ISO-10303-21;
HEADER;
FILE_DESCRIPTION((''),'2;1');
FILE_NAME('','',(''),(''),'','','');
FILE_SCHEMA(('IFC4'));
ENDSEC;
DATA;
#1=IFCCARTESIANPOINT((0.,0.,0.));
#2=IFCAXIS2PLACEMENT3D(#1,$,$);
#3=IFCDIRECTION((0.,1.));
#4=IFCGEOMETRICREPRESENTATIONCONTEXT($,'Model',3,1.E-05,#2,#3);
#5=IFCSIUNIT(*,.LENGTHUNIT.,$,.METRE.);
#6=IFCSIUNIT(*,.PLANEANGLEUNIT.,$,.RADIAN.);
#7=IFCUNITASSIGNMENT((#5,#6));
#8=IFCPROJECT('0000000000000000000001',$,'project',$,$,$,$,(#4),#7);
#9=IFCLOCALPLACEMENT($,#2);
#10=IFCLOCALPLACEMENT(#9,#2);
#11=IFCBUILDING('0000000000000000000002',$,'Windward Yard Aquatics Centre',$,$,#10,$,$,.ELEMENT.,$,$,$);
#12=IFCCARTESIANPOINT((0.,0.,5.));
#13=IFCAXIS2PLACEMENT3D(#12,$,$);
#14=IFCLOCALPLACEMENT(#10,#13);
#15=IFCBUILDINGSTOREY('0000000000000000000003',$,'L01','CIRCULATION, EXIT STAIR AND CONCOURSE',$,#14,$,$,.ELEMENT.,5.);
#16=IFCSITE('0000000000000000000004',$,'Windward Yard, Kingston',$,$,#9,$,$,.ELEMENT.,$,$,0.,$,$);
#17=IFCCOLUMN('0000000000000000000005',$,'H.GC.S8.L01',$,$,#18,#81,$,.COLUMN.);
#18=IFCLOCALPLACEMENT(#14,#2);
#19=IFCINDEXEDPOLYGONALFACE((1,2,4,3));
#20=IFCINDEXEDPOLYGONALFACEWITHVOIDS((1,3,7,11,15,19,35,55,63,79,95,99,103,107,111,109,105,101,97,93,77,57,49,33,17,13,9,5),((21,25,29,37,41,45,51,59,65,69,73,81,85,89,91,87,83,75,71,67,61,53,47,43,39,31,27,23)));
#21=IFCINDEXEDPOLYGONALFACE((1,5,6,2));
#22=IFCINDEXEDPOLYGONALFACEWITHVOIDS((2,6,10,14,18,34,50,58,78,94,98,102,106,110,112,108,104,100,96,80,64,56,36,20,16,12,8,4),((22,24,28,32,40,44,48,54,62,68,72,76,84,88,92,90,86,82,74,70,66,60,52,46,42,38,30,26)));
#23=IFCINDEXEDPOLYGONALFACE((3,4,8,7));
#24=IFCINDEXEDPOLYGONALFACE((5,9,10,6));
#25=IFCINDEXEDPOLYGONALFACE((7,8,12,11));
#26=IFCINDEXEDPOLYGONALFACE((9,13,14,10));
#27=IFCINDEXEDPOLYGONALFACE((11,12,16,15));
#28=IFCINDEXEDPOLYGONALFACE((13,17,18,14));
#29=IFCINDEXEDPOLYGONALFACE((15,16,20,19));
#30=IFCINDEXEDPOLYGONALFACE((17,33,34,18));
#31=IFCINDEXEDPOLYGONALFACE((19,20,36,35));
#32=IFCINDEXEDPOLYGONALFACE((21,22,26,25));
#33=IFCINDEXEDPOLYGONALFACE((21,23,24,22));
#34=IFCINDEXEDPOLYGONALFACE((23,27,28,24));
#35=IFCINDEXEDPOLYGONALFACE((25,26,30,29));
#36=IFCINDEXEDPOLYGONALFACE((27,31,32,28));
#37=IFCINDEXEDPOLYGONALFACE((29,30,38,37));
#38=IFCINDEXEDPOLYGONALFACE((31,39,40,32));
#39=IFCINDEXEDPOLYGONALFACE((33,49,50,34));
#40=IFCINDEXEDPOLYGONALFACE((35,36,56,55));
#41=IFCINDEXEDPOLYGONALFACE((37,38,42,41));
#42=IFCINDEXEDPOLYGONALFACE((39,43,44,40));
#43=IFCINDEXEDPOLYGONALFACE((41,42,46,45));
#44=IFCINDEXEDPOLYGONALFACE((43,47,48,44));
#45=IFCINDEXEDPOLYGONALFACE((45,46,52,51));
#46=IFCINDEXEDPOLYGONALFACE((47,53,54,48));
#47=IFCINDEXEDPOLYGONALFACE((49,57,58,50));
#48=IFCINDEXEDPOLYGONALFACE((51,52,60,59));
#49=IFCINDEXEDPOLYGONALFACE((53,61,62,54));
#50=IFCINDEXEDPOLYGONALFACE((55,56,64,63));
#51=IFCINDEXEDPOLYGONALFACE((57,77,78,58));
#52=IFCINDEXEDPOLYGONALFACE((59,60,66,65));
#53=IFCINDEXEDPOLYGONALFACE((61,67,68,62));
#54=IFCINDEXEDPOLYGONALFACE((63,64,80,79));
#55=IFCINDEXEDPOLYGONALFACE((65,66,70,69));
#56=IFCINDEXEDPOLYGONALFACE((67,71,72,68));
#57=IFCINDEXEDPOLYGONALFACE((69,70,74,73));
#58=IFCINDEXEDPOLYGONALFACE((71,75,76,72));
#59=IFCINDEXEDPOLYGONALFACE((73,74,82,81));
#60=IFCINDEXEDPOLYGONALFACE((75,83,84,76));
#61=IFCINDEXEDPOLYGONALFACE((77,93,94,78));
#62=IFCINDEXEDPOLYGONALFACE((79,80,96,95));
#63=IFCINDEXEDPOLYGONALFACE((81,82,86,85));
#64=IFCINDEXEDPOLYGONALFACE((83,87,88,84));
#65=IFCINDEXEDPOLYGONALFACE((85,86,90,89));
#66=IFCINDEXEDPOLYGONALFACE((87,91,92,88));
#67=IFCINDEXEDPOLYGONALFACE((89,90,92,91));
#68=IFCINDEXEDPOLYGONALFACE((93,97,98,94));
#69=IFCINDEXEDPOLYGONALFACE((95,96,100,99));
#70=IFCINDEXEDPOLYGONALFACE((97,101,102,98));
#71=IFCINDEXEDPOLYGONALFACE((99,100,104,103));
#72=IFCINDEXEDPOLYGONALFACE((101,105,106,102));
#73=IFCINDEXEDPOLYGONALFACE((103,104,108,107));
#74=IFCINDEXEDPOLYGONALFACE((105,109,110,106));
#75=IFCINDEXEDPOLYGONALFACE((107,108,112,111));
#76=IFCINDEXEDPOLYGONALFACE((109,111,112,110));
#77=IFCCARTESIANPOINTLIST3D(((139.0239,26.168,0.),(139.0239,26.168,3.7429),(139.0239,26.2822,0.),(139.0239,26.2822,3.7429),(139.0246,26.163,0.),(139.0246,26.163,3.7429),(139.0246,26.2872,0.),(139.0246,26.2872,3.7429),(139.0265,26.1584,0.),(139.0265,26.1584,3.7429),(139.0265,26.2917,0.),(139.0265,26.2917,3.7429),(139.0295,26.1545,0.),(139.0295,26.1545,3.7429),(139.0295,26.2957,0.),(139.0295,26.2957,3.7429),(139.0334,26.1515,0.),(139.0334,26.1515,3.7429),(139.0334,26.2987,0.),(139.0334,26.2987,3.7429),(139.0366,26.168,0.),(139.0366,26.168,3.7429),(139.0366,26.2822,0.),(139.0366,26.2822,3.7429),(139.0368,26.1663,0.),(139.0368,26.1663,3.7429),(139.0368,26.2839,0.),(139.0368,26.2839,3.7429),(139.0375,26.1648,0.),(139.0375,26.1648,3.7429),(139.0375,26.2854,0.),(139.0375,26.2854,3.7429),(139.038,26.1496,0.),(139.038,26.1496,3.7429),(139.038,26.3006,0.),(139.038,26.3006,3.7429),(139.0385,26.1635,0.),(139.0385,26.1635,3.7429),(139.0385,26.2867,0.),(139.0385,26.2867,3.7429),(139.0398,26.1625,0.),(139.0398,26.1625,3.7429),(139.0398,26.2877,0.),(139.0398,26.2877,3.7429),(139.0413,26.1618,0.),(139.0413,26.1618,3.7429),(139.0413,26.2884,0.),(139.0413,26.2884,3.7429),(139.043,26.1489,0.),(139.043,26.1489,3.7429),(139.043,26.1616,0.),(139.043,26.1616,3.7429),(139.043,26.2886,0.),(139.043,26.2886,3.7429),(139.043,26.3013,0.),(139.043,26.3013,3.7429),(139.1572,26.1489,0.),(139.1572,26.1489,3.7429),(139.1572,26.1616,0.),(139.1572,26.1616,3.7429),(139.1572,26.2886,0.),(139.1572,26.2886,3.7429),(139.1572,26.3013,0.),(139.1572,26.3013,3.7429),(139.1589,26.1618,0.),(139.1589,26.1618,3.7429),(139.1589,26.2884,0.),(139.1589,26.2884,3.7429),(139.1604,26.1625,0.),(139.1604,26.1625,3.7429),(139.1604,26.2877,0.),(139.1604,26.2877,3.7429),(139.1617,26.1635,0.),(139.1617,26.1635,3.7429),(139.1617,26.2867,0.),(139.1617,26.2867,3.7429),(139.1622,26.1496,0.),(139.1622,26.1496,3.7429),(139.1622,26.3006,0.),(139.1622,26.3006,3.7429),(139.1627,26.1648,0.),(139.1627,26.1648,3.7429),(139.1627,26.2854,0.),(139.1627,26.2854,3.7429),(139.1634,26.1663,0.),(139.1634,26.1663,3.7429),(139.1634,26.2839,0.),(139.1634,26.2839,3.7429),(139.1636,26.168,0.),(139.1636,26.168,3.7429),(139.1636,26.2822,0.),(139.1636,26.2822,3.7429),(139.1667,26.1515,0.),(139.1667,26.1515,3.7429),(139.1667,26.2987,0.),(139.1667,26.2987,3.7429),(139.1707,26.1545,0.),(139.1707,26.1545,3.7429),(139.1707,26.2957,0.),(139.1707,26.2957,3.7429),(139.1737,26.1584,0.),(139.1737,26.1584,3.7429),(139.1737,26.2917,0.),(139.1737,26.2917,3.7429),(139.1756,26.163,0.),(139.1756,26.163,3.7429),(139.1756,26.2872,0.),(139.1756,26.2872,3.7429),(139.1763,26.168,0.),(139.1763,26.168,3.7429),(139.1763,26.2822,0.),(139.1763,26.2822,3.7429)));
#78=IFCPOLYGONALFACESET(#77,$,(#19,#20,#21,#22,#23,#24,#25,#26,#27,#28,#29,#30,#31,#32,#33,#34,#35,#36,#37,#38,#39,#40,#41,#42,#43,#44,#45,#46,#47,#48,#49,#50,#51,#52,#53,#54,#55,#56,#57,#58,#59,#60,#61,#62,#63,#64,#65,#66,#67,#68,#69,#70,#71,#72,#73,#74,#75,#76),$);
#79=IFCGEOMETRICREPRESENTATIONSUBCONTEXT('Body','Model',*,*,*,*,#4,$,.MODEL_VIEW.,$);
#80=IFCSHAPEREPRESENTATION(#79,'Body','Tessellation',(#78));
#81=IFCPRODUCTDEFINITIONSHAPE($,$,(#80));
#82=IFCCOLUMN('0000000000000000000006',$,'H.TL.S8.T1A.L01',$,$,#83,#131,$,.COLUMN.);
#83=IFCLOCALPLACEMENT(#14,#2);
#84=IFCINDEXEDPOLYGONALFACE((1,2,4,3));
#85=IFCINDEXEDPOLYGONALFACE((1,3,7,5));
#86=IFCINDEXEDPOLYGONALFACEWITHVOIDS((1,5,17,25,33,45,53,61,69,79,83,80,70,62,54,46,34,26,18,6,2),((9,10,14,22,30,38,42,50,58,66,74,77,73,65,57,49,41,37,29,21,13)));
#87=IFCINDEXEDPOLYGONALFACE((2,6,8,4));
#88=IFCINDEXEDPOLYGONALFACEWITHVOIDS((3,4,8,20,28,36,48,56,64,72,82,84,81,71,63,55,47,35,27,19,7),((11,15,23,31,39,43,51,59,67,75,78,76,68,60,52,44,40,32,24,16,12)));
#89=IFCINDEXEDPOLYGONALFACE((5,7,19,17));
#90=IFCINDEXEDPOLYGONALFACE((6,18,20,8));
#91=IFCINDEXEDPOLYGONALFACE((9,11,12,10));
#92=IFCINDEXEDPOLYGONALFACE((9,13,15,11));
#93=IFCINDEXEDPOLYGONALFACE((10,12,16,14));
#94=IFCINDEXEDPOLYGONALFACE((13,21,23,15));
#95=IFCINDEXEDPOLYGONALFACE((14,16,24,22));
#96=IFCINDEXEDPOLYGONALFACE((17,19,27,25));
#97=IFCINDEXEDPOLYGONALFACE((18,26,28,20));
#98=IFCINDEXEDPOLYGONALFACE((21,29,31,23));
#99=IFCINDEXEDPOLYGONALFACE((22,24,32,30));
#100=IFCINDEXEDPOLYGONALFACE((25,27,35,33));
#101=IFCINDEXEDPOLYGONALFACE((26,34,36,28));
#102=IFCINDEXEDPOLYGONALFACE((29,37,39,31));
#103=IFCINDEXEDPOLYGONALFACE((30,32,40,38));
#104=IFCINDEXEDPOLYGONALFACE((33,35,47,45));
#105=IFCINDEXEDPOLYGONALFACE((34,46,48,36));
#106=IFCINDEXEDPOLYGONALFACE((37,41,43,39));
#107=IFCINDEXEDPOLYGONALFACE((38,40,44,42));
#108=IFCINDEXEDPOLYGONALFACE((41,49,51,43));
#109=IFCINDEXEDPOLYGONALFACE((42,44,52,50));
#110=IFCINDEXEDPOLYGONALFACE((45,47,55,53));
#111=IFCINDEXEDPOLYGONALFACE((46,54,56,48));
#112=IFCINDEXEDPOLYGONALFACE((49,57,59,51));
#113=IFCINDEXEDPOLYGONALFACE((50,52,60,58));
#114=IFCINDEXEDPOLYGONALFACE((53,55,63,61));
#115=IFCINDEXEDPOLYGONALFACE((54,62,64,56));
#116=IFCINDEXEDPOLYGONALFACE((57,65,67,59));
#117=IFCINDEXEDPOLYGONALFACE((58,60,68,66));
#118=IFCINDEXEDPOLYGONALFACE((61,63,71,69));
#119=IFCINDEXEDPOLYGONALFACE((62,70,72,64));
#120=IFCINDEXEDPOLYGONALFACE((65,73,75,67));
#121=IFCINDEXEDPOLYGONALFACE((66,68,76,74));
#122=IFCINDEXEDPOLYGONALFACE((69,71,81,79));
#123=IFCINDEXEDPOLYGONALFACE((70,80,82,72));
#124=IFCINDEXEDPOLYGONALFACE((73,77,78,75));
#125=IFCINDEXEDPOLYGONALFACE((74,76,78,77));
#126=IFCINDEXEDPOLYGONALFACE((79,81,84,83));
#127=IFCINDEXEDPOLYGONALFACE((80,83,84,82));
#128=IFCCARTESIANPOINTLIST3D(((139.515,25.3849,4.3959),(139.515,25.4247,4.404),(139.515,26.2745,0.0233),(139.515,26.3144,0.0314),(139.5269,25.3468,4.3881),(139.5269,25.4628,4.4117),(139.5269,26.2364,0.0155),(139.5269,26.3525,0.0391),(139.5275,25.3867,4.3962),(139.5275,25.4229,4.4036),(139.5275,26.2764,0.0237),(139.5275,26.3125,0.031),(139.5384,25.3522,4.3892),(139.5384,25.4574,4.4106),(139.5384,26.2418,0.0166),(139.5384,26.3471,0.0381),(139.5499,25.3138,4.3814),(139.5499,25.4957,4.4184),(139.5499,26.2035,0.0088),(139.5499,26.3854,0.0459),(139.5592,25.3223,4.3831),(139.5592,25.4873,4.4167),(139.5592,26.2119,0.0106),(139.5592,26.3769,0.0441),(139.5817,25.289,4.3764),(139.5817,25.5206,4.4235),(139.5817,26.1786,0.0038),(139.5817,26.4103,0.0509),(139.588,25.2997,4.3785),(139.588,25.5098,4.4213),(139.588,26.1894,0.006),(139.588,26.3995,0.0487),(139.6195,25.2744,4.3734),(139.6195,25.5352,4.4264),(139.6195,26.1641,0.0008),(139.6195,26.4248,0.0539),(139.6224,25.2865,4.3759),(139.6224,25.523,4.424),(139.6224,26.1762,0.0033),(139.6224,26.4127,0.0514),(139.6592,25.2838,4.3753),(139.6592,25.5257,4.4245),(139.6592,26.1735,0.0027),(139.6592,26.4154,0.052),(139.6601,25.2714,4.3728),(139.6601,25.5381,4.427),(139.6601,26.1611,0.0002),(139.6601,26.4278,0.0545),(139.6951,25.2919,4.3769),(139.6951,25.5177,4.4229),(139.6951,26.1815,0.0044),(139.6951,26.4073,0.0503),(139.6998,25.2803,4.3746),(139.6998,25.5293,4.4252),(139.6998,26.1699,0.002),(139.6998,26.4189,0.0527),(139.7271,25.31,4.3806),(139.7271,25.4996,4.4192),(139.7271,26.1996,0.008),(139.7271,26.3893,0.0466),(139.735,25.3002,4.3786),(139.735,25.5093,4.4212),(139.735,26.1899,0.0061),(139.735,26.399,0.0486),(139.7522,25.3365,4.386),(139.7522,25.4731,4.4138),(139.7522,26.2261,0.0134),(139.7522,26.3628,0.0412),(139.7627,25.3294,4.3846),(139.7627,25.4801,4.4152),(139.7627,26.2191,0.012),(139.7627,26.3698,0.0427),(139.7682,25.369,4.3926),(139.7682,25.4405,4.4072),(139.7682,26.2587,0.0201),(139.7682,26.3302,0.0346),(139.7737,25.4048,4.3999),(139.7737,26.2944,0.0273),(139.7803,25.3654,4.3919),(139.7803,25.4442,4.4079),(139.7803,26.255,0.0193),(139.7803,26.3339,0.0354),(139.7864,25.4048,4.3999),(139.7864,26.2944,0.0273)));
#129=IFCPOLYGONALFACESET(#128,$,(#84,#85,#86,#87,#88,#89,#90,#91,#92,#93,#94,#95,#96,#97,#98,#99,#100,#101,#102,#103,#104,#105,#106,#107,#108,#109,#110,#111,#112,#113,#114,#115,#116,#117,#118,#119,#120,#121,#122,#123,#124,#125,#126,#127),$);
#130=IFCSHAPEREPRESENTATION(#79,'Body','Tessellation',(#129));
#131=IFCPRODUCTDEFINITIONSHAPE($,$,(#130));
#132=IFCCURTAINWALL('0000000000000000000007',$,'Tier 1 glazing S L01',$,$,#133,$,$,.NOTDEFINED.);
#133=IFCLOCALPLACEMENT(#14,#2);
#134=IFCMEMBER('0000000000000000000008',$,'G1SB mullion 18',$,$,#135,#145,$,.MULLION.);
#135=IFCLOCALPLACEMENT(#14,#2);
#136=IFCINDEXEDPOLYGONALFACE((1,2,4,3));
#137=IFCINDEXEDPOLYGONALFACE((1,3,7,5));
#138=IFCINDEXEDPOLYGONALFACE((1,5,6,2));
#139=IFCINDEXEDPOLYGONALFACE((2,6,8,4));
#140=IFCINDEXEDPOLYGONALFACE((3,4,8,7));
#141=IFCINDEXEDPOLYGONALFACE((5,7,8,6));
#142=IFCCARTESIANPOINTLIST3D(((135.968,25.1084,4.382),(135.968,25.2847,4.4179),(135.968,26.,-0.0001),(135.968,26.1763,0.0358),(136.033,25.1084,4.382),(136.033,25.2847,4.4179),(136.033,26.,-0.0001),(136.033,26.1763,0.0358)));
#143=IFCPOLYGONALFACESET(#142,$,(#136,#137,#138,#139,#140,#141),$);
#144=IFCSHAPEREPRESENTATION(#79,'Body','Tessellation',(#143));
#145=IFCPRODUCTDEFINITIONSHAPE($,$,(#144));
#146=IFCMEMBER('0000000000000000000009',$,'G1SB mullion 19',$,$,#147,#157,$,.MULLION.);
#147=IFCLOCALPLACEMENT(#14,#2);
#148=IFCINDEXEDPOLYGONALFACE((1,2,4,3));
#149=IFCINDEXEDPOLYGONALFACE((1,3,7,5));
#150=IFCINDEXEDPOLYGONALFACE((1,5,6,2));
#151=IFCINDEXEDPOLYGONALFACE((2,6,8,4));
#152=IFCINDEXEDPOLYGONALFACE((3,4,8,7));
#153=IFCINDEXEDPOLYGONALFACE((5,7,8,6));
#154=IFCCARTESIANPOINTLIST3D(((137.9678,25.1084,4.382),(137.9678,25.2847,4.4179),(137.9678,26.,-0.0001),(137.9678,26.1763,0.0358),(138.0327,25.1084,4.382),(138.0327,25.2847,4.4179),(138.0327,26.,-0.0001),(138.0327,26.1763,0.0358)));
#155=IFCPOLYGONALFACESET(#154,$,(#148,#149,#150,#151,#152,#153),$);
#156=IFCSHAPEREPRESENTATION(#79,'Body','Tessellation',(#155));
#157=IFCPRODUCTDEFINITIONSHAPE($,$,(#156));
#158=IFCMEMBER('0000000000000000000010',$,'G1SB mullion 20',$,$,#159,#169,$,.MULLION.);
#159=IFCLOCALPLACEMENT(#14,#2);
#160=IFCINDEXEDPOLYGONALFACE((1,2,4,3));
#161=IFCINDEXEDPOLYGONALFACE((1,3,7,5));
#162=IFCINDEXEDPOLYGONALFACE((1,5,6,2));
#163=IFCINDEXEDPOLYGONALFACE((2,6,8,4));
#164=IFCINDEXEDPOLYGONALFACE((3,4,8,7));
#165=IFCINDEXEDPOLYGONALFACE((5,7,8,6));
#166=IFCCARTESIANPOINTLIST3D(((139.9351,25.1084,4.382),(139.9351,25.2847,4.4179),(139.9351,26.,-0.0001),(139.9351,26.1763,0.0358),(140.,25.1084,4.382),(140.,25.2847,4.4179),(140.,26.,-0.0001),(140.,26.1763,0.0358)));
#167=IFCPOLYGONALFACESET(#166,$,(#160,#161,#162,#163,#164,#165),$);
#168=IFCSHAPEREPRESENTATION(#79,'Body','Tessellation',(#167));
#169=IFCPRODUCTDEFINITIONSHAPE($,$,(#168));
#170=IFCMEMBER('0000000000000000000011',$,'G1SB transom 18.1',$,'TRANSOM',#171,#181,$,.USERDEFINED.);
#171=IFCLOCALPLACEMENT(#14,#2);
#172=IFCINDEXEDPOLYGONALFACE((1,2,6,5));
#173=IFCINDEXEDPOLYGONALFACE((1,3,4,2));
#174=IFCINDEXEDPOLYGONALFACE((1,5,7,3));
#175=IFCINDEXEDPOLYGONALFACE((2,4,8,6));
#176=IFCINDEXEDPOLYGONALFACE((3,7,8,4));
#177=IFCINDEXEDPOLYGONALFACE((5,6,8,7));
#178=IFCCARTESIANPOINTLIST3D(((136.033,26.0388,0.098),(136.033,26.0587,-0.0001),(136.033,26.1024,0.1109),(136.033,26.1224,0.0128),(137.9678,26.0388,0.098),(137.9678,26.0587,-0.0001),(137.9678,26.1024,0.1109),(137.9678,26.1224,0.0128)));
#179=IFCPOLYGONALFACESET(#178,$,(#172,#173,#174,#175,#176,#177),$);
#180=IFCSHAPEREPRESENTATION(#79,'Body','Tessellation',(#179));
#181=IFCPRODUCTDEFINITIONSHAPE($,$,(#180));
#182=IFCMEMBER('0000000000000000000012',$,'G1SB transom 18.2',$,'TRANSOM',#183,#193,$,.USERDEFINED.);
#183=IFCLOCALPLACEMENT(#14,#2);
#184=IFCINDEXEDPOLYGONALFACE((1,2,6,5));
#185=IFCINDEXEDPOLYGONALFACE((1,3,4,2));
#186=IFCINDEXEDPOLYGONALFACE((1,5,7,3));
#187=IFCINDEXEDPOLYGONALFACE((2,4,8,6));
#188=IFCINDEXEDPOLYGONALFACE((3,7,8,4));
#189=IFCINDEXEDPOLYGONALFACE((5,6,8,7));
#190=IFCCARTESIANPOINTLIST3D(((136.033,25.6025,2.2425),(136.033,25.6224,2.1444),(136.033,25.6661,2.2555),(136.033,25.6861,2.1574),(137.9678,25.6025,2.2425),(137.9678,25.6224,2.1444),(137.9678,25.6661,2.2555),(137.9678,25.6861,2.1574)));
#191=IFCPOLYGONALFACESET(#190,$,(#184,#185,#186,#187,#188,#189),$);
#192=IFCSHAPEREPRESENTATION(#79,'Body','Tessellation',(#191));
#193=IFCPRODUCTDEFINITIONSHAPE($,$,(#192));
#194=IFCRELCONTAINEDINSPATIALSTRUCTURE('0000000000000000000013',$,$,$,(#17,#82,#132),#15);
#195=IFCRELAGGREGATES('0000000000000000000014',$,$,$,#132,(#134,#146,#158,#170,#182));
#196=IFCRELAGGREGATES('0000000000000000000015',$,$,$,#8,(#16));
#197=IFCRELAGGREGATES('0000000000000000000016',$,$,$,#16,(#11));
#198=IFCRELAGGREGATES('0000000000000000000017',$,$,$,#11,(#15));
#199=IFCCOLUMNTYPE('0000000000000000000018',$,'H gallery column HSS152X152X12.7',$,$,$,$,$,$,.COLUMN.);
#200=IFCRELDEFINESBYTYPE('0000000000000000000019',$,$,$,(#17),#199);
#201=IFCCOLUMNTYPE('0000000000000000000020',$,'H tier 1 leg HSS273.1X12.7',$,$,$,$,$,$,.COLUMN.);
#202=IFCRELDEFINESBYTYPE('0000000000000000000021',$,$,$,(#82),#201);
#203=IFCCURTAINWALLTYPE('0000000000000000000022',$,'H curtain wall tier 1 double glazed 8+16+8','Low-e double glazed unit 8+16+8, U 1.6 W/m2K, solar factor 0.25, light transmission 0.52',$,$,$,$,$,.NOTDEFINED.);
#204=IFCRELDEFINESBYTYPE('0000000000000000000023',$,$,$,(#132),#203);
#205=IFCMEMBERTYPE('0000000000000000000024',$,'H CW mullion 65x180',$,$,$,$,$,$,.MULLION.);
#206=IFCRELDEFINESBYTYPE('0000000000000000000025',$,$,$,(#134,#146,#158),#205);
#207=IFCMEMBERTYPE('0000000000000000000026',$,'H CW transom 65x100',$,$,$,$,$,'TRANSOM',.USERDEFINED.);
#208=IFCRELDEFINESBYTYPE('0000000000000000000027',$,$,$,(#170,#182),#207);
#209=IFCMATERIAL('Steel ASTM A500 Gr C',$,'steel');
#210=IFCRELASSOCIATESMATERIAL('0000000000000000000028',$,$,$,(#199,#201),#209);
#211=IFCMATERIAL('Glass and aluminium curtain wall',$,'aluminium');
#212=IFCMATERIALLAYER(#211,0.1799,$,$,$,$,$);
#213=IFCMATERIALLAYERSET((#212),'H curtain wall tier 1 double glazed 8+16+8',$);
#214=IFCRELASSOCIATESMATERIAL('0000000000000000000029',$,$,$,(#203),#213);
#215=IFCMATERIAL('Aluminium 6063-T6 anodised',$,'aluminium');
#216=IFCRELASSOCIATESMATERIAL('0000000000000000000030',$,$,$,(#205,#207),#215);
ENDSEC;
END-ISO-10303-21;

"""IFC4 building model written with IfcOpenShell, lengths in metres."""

from ifc_helpers import new_model, si_unit, direction, frame, origin, origin_2d, place, context, subcontext, project, spatial, rectangle, hollow_rectangle, hollow_circle, extrude, material, layer, layer_set, material_profile, profile_set, type_object, element, aggregate, save


model = new_model("IFC4")

# Units and contexts
model_context = context("Model", 3, precision=1e-05, world=origin(), true_north=direction((0.0, 1.0)))
body_context = subcontext(model_context, "Body", "Model", "MODEL_VIEW")
ifc_project = project(units=[si_unit("LENGTHUNIT", "METRE"), si_unit("PLANEANGLEUNIT", "RADIAN")], contexts=[model_context])

# Site, building, storey
site_placement = place(None, origin())
site = spatial("IfcSite", under=ifc_project, at=site_placement, Name="Windward Yard, Kingston", CompositionType="ELEMENT", RefElevation=0.0)
building_placement = place(site_placement, origin())
building = spatial("IfcBuilding", under=site, at=building_placement, Name="Windward Yard Aquatics Centre", CompositionType="ELEMENT")
storey_placement = place(building_placement, frame((0.0, 0.0, 5.0)))
storey = spatial("IfcBuildingStorey", under=building, at=storey_placement, Name="L01", Description="CIRCULATION, EXIT STAIR AND CONCOURSE", CompositionType="ELEMENT", Elevation=5.0)

# Columns
ifc_material_1 = material(Name="Steel ASTM A500 Gr C", Category="steel")
ifc_material_profile_1 = material_profile(ifc_material_1, hollow_rectangle(XDim=0.1523, YDim=0.1523, WallThickness=0.0127, InnerFilletRadius=0.0063, OuterFilletRadius=0.019, at=origin_2d()), Name="HSS152X152X12.7")
ifc_profile_set_1 = profile_set([ifc_material_profile_1], Name="Steel ASTM A500 Gr C")
column_type_1 = type_object("IfcColumnType", Name="H gallery column HSS152X152X12.7", PredefinedType="COLUMN", material=ifc_profile_set_1)
column_1_placement = place(storey_placement, frame((139.1001, 26.2251, 0.0), z_axis=(0.0, 0.0, 1.0), x_axis=(1.0, 0.0, 0.0)))
element("IfcColumn", 1, at=column_1_placement, inside=storey, type_object=column_type_1, Name="H.GC.S8.L01", PredefinedType="COLUMN", context=body_context, shape_type="SweptSolid", body=[
    extrude(hollow_rectangle(XDim=0.1523, YDim=0.1523, WallThickness=0.0127, InnerFilletRadius=0.0063, OuterFilletRadius=0.019, at=origin_2d()), origin(), (0.0, 0.0, 1.0), 3.7429),
])
ifc_material_profile_2 = material_profile(ifc_material_1, hollow_circle(Radius=0.1365, WallThickness=0.0127, at=origin_2d()), Name="HSS273.1X12.7")
ifc_profile_set_2 = profile_set([ifc_material_profile_2], Name="Steel ASTM A500 Gr C")
column_type_2 = type_object("IfcColumnType", Name="H tier 1 leg HSS273.1X12.7", PredefinedType="COLUMN", material=ifc_profile_set_2)
column_2_placement = place(storey_placement, frame((139.6499, 26.2944, 0.0273), z_axis=(0.0, -0.199377, 0.979923), x_axis=(1.0, 0.0, 0.0)))
element("IfcColumn", 2, at=column_2_placement, inside=storey, type_object=column_type_2, Name="H.TL.S8.T1A.L01", PredefinedType="COLUMN", context=body_context, shape_type="SweptSolid", body=[
    extrude(hollow_circle(Radius=0.1365, WallThickness=0.0127, at=origin_2d()), origin(), (0.0, 0.0, 1.0), 4.4622),
])

# Curtain wall, members
ifc_material_2 = material(Name="Glass and aluminium curtain wall", Category="aluminium")
ifc_layer_1 = layer(ifc_material_2, 0.1799)
ifc_layer_set_1 = layer_set([ifc_layer_1], Name="H curtain wall tier 1 double glazed 8+16+8")
curtain_wall_type = type_object("IfcCurtainWallType", Name="H curtain wall tier 1 double glazed 8+16+8", Description="Low-e double glazed unit 8+16+8, U 1.6 W/m2K, solar factor 0.25, light transmission 0.52", PredefinedType="NOTDEFINED", material=ifc_layer_set_1)
curtain_wall_placement = place(storey_placement, origin())
curtain_wall = element("IfcCurtainWall", 3, at=curtain_wall_placement, inside=storey, type_object=curtain_wall_type, Name="Tier 1 glazing S L01", PredefinedType="NOTDEFINED")
ifc_material_3 = material(Name="Aluminium 6063-T6 anodised", Category="aluminium")
ifc_material_profile_3 = material_profile(ifc_material_3, rectangle(XDim=0.0649, YDim=0.1799, at=origin_2d()), Name="H CW mullion 65x180")
ifc_profile_set_3 = profile_set([ifc_material_profile_3], Name="Aluminium 6063-T6 anodised")
member_type_1 = type_object("IfcMemberType", Name="H CW mullion 65x180", PredefinedType="MULLION", material=ifc_profile_set_3)
member_1_placement = place(storey_placement, frame((136.0005, 26.0881, 0.0178), z_axis=(0.0, -0.19938, 0.979922), x_axis=(1.0, 0.0, 0.0)))
member_1 = element("IfcMember", 4, at=member_1_placement, type_object=member_type_1, Name="G1SB mullion 18", PredefinedType="MULLION", context=body_context, shape_type="SweptSolid", body=[
    extrude(rectangle(XDim=0.0649, YDim=0.1799, at=origin_2d()), origin(), (0.0, 0.0, 1.0), 4.4719),
])
member_2_placement = place(storey_placement, frame((138.0002, 26.0881, 0.0178), z_axis=(0.0, -0.19938, 0.979922), x_axis=(1.0, 0.0, 0.0)))
member_2 = element("IfcMember", 5, at=member_2_placement, type_object=member_type_1, Name="G1SB mullion 19", PredefinedType="MULLION", context=body_context, shape_type="SweptSolid", body=[
    extrude(rectangle(XDim=0.0649, YDim=0.1799, at=origin_2d()), origin(), (0.0, 0.0, 1.0), 4.4719),
])
member_3_placement = place(storey_placement, frame((139.9675, 26.0881, 0.0178), z_axis=(0.0, -0.19938, 0.979922), x_axis=(1.0, 0.0, 0.0)))
member_3 = element("IfcMember", 6, at=member_3_placement, type_object=member_type_1, Name="G1SB mullion 20", PredefinedType="MULLION", context=body_context, shape_type="SweptSolid", body=[
    extrude(rectangle(XDim=0.0649, YDim=0.1799, at=origin_2d()), origin(), (0.0, 0.0, 1.0), 4.4719),
])
ifc_material_profile_4 = material_profile(ifc_material_3, rectangle(XDim=0.0649, YDim=0.1001, at=origin_2d()), Name="H CW transom 65x100")
ifc_profile_set_4 = profile_set([ifc_material_profile_4], Name="Aluminium 6063-T6 anodised")
member_type_2 = type_object("IfcMemberType", Name="H CW transom 65x100", ElementType="TRANSOM", PredefinedType="USERDEFINED", material=ifc_profile_set_4)
member_4_placement = place(storey_placement, frame((136.033, 26.0806, 0.0554), z_axis=(1.0, 0.0, 0.0), x_axis=(0.0, 0.979925, 0.199368)))
member_4 = element("IfcMember", 7, at=member_4_placement, type_object=member_type_2, Name="G1SB transom 18.1", ObjectType="TRANSOM", PredefinedType="USERDEFINED", context=body_context, shape_type="SweptSolid", body=[
    extrude(rectangle(XDim=0.0649, YDim=0.1001, at=origin_2d()), origin(), (0.0, 0.0, 1.0), 1.9348),
])
member_5_placement = place(storey_placement, frame((136.033, 25.6443, 2.2), z_axis=(1.0, 0.0, 0.0), x_axis=(0.0, 0.979925, 0.199368)))
member_5 = element("IfcMember", 8, at=member_5_placement, type_object=member_type_2, Name="G1SB transom 18.2", ObjectType="TRANSOM", PredefinedType="USERDEFINED", context=body_context, shape_type="SweptSolid", body=[
    extrude(rectangle(XDim=0.0649, YDim=0.1001, at=origin_2d()), origin(), (0.0, 0.0, 1.0), 1.9348),
])
aggregate(curtain_wall, [member_1, member_2, member_3, member_4, member_5])

save(model, "model.ifc")
